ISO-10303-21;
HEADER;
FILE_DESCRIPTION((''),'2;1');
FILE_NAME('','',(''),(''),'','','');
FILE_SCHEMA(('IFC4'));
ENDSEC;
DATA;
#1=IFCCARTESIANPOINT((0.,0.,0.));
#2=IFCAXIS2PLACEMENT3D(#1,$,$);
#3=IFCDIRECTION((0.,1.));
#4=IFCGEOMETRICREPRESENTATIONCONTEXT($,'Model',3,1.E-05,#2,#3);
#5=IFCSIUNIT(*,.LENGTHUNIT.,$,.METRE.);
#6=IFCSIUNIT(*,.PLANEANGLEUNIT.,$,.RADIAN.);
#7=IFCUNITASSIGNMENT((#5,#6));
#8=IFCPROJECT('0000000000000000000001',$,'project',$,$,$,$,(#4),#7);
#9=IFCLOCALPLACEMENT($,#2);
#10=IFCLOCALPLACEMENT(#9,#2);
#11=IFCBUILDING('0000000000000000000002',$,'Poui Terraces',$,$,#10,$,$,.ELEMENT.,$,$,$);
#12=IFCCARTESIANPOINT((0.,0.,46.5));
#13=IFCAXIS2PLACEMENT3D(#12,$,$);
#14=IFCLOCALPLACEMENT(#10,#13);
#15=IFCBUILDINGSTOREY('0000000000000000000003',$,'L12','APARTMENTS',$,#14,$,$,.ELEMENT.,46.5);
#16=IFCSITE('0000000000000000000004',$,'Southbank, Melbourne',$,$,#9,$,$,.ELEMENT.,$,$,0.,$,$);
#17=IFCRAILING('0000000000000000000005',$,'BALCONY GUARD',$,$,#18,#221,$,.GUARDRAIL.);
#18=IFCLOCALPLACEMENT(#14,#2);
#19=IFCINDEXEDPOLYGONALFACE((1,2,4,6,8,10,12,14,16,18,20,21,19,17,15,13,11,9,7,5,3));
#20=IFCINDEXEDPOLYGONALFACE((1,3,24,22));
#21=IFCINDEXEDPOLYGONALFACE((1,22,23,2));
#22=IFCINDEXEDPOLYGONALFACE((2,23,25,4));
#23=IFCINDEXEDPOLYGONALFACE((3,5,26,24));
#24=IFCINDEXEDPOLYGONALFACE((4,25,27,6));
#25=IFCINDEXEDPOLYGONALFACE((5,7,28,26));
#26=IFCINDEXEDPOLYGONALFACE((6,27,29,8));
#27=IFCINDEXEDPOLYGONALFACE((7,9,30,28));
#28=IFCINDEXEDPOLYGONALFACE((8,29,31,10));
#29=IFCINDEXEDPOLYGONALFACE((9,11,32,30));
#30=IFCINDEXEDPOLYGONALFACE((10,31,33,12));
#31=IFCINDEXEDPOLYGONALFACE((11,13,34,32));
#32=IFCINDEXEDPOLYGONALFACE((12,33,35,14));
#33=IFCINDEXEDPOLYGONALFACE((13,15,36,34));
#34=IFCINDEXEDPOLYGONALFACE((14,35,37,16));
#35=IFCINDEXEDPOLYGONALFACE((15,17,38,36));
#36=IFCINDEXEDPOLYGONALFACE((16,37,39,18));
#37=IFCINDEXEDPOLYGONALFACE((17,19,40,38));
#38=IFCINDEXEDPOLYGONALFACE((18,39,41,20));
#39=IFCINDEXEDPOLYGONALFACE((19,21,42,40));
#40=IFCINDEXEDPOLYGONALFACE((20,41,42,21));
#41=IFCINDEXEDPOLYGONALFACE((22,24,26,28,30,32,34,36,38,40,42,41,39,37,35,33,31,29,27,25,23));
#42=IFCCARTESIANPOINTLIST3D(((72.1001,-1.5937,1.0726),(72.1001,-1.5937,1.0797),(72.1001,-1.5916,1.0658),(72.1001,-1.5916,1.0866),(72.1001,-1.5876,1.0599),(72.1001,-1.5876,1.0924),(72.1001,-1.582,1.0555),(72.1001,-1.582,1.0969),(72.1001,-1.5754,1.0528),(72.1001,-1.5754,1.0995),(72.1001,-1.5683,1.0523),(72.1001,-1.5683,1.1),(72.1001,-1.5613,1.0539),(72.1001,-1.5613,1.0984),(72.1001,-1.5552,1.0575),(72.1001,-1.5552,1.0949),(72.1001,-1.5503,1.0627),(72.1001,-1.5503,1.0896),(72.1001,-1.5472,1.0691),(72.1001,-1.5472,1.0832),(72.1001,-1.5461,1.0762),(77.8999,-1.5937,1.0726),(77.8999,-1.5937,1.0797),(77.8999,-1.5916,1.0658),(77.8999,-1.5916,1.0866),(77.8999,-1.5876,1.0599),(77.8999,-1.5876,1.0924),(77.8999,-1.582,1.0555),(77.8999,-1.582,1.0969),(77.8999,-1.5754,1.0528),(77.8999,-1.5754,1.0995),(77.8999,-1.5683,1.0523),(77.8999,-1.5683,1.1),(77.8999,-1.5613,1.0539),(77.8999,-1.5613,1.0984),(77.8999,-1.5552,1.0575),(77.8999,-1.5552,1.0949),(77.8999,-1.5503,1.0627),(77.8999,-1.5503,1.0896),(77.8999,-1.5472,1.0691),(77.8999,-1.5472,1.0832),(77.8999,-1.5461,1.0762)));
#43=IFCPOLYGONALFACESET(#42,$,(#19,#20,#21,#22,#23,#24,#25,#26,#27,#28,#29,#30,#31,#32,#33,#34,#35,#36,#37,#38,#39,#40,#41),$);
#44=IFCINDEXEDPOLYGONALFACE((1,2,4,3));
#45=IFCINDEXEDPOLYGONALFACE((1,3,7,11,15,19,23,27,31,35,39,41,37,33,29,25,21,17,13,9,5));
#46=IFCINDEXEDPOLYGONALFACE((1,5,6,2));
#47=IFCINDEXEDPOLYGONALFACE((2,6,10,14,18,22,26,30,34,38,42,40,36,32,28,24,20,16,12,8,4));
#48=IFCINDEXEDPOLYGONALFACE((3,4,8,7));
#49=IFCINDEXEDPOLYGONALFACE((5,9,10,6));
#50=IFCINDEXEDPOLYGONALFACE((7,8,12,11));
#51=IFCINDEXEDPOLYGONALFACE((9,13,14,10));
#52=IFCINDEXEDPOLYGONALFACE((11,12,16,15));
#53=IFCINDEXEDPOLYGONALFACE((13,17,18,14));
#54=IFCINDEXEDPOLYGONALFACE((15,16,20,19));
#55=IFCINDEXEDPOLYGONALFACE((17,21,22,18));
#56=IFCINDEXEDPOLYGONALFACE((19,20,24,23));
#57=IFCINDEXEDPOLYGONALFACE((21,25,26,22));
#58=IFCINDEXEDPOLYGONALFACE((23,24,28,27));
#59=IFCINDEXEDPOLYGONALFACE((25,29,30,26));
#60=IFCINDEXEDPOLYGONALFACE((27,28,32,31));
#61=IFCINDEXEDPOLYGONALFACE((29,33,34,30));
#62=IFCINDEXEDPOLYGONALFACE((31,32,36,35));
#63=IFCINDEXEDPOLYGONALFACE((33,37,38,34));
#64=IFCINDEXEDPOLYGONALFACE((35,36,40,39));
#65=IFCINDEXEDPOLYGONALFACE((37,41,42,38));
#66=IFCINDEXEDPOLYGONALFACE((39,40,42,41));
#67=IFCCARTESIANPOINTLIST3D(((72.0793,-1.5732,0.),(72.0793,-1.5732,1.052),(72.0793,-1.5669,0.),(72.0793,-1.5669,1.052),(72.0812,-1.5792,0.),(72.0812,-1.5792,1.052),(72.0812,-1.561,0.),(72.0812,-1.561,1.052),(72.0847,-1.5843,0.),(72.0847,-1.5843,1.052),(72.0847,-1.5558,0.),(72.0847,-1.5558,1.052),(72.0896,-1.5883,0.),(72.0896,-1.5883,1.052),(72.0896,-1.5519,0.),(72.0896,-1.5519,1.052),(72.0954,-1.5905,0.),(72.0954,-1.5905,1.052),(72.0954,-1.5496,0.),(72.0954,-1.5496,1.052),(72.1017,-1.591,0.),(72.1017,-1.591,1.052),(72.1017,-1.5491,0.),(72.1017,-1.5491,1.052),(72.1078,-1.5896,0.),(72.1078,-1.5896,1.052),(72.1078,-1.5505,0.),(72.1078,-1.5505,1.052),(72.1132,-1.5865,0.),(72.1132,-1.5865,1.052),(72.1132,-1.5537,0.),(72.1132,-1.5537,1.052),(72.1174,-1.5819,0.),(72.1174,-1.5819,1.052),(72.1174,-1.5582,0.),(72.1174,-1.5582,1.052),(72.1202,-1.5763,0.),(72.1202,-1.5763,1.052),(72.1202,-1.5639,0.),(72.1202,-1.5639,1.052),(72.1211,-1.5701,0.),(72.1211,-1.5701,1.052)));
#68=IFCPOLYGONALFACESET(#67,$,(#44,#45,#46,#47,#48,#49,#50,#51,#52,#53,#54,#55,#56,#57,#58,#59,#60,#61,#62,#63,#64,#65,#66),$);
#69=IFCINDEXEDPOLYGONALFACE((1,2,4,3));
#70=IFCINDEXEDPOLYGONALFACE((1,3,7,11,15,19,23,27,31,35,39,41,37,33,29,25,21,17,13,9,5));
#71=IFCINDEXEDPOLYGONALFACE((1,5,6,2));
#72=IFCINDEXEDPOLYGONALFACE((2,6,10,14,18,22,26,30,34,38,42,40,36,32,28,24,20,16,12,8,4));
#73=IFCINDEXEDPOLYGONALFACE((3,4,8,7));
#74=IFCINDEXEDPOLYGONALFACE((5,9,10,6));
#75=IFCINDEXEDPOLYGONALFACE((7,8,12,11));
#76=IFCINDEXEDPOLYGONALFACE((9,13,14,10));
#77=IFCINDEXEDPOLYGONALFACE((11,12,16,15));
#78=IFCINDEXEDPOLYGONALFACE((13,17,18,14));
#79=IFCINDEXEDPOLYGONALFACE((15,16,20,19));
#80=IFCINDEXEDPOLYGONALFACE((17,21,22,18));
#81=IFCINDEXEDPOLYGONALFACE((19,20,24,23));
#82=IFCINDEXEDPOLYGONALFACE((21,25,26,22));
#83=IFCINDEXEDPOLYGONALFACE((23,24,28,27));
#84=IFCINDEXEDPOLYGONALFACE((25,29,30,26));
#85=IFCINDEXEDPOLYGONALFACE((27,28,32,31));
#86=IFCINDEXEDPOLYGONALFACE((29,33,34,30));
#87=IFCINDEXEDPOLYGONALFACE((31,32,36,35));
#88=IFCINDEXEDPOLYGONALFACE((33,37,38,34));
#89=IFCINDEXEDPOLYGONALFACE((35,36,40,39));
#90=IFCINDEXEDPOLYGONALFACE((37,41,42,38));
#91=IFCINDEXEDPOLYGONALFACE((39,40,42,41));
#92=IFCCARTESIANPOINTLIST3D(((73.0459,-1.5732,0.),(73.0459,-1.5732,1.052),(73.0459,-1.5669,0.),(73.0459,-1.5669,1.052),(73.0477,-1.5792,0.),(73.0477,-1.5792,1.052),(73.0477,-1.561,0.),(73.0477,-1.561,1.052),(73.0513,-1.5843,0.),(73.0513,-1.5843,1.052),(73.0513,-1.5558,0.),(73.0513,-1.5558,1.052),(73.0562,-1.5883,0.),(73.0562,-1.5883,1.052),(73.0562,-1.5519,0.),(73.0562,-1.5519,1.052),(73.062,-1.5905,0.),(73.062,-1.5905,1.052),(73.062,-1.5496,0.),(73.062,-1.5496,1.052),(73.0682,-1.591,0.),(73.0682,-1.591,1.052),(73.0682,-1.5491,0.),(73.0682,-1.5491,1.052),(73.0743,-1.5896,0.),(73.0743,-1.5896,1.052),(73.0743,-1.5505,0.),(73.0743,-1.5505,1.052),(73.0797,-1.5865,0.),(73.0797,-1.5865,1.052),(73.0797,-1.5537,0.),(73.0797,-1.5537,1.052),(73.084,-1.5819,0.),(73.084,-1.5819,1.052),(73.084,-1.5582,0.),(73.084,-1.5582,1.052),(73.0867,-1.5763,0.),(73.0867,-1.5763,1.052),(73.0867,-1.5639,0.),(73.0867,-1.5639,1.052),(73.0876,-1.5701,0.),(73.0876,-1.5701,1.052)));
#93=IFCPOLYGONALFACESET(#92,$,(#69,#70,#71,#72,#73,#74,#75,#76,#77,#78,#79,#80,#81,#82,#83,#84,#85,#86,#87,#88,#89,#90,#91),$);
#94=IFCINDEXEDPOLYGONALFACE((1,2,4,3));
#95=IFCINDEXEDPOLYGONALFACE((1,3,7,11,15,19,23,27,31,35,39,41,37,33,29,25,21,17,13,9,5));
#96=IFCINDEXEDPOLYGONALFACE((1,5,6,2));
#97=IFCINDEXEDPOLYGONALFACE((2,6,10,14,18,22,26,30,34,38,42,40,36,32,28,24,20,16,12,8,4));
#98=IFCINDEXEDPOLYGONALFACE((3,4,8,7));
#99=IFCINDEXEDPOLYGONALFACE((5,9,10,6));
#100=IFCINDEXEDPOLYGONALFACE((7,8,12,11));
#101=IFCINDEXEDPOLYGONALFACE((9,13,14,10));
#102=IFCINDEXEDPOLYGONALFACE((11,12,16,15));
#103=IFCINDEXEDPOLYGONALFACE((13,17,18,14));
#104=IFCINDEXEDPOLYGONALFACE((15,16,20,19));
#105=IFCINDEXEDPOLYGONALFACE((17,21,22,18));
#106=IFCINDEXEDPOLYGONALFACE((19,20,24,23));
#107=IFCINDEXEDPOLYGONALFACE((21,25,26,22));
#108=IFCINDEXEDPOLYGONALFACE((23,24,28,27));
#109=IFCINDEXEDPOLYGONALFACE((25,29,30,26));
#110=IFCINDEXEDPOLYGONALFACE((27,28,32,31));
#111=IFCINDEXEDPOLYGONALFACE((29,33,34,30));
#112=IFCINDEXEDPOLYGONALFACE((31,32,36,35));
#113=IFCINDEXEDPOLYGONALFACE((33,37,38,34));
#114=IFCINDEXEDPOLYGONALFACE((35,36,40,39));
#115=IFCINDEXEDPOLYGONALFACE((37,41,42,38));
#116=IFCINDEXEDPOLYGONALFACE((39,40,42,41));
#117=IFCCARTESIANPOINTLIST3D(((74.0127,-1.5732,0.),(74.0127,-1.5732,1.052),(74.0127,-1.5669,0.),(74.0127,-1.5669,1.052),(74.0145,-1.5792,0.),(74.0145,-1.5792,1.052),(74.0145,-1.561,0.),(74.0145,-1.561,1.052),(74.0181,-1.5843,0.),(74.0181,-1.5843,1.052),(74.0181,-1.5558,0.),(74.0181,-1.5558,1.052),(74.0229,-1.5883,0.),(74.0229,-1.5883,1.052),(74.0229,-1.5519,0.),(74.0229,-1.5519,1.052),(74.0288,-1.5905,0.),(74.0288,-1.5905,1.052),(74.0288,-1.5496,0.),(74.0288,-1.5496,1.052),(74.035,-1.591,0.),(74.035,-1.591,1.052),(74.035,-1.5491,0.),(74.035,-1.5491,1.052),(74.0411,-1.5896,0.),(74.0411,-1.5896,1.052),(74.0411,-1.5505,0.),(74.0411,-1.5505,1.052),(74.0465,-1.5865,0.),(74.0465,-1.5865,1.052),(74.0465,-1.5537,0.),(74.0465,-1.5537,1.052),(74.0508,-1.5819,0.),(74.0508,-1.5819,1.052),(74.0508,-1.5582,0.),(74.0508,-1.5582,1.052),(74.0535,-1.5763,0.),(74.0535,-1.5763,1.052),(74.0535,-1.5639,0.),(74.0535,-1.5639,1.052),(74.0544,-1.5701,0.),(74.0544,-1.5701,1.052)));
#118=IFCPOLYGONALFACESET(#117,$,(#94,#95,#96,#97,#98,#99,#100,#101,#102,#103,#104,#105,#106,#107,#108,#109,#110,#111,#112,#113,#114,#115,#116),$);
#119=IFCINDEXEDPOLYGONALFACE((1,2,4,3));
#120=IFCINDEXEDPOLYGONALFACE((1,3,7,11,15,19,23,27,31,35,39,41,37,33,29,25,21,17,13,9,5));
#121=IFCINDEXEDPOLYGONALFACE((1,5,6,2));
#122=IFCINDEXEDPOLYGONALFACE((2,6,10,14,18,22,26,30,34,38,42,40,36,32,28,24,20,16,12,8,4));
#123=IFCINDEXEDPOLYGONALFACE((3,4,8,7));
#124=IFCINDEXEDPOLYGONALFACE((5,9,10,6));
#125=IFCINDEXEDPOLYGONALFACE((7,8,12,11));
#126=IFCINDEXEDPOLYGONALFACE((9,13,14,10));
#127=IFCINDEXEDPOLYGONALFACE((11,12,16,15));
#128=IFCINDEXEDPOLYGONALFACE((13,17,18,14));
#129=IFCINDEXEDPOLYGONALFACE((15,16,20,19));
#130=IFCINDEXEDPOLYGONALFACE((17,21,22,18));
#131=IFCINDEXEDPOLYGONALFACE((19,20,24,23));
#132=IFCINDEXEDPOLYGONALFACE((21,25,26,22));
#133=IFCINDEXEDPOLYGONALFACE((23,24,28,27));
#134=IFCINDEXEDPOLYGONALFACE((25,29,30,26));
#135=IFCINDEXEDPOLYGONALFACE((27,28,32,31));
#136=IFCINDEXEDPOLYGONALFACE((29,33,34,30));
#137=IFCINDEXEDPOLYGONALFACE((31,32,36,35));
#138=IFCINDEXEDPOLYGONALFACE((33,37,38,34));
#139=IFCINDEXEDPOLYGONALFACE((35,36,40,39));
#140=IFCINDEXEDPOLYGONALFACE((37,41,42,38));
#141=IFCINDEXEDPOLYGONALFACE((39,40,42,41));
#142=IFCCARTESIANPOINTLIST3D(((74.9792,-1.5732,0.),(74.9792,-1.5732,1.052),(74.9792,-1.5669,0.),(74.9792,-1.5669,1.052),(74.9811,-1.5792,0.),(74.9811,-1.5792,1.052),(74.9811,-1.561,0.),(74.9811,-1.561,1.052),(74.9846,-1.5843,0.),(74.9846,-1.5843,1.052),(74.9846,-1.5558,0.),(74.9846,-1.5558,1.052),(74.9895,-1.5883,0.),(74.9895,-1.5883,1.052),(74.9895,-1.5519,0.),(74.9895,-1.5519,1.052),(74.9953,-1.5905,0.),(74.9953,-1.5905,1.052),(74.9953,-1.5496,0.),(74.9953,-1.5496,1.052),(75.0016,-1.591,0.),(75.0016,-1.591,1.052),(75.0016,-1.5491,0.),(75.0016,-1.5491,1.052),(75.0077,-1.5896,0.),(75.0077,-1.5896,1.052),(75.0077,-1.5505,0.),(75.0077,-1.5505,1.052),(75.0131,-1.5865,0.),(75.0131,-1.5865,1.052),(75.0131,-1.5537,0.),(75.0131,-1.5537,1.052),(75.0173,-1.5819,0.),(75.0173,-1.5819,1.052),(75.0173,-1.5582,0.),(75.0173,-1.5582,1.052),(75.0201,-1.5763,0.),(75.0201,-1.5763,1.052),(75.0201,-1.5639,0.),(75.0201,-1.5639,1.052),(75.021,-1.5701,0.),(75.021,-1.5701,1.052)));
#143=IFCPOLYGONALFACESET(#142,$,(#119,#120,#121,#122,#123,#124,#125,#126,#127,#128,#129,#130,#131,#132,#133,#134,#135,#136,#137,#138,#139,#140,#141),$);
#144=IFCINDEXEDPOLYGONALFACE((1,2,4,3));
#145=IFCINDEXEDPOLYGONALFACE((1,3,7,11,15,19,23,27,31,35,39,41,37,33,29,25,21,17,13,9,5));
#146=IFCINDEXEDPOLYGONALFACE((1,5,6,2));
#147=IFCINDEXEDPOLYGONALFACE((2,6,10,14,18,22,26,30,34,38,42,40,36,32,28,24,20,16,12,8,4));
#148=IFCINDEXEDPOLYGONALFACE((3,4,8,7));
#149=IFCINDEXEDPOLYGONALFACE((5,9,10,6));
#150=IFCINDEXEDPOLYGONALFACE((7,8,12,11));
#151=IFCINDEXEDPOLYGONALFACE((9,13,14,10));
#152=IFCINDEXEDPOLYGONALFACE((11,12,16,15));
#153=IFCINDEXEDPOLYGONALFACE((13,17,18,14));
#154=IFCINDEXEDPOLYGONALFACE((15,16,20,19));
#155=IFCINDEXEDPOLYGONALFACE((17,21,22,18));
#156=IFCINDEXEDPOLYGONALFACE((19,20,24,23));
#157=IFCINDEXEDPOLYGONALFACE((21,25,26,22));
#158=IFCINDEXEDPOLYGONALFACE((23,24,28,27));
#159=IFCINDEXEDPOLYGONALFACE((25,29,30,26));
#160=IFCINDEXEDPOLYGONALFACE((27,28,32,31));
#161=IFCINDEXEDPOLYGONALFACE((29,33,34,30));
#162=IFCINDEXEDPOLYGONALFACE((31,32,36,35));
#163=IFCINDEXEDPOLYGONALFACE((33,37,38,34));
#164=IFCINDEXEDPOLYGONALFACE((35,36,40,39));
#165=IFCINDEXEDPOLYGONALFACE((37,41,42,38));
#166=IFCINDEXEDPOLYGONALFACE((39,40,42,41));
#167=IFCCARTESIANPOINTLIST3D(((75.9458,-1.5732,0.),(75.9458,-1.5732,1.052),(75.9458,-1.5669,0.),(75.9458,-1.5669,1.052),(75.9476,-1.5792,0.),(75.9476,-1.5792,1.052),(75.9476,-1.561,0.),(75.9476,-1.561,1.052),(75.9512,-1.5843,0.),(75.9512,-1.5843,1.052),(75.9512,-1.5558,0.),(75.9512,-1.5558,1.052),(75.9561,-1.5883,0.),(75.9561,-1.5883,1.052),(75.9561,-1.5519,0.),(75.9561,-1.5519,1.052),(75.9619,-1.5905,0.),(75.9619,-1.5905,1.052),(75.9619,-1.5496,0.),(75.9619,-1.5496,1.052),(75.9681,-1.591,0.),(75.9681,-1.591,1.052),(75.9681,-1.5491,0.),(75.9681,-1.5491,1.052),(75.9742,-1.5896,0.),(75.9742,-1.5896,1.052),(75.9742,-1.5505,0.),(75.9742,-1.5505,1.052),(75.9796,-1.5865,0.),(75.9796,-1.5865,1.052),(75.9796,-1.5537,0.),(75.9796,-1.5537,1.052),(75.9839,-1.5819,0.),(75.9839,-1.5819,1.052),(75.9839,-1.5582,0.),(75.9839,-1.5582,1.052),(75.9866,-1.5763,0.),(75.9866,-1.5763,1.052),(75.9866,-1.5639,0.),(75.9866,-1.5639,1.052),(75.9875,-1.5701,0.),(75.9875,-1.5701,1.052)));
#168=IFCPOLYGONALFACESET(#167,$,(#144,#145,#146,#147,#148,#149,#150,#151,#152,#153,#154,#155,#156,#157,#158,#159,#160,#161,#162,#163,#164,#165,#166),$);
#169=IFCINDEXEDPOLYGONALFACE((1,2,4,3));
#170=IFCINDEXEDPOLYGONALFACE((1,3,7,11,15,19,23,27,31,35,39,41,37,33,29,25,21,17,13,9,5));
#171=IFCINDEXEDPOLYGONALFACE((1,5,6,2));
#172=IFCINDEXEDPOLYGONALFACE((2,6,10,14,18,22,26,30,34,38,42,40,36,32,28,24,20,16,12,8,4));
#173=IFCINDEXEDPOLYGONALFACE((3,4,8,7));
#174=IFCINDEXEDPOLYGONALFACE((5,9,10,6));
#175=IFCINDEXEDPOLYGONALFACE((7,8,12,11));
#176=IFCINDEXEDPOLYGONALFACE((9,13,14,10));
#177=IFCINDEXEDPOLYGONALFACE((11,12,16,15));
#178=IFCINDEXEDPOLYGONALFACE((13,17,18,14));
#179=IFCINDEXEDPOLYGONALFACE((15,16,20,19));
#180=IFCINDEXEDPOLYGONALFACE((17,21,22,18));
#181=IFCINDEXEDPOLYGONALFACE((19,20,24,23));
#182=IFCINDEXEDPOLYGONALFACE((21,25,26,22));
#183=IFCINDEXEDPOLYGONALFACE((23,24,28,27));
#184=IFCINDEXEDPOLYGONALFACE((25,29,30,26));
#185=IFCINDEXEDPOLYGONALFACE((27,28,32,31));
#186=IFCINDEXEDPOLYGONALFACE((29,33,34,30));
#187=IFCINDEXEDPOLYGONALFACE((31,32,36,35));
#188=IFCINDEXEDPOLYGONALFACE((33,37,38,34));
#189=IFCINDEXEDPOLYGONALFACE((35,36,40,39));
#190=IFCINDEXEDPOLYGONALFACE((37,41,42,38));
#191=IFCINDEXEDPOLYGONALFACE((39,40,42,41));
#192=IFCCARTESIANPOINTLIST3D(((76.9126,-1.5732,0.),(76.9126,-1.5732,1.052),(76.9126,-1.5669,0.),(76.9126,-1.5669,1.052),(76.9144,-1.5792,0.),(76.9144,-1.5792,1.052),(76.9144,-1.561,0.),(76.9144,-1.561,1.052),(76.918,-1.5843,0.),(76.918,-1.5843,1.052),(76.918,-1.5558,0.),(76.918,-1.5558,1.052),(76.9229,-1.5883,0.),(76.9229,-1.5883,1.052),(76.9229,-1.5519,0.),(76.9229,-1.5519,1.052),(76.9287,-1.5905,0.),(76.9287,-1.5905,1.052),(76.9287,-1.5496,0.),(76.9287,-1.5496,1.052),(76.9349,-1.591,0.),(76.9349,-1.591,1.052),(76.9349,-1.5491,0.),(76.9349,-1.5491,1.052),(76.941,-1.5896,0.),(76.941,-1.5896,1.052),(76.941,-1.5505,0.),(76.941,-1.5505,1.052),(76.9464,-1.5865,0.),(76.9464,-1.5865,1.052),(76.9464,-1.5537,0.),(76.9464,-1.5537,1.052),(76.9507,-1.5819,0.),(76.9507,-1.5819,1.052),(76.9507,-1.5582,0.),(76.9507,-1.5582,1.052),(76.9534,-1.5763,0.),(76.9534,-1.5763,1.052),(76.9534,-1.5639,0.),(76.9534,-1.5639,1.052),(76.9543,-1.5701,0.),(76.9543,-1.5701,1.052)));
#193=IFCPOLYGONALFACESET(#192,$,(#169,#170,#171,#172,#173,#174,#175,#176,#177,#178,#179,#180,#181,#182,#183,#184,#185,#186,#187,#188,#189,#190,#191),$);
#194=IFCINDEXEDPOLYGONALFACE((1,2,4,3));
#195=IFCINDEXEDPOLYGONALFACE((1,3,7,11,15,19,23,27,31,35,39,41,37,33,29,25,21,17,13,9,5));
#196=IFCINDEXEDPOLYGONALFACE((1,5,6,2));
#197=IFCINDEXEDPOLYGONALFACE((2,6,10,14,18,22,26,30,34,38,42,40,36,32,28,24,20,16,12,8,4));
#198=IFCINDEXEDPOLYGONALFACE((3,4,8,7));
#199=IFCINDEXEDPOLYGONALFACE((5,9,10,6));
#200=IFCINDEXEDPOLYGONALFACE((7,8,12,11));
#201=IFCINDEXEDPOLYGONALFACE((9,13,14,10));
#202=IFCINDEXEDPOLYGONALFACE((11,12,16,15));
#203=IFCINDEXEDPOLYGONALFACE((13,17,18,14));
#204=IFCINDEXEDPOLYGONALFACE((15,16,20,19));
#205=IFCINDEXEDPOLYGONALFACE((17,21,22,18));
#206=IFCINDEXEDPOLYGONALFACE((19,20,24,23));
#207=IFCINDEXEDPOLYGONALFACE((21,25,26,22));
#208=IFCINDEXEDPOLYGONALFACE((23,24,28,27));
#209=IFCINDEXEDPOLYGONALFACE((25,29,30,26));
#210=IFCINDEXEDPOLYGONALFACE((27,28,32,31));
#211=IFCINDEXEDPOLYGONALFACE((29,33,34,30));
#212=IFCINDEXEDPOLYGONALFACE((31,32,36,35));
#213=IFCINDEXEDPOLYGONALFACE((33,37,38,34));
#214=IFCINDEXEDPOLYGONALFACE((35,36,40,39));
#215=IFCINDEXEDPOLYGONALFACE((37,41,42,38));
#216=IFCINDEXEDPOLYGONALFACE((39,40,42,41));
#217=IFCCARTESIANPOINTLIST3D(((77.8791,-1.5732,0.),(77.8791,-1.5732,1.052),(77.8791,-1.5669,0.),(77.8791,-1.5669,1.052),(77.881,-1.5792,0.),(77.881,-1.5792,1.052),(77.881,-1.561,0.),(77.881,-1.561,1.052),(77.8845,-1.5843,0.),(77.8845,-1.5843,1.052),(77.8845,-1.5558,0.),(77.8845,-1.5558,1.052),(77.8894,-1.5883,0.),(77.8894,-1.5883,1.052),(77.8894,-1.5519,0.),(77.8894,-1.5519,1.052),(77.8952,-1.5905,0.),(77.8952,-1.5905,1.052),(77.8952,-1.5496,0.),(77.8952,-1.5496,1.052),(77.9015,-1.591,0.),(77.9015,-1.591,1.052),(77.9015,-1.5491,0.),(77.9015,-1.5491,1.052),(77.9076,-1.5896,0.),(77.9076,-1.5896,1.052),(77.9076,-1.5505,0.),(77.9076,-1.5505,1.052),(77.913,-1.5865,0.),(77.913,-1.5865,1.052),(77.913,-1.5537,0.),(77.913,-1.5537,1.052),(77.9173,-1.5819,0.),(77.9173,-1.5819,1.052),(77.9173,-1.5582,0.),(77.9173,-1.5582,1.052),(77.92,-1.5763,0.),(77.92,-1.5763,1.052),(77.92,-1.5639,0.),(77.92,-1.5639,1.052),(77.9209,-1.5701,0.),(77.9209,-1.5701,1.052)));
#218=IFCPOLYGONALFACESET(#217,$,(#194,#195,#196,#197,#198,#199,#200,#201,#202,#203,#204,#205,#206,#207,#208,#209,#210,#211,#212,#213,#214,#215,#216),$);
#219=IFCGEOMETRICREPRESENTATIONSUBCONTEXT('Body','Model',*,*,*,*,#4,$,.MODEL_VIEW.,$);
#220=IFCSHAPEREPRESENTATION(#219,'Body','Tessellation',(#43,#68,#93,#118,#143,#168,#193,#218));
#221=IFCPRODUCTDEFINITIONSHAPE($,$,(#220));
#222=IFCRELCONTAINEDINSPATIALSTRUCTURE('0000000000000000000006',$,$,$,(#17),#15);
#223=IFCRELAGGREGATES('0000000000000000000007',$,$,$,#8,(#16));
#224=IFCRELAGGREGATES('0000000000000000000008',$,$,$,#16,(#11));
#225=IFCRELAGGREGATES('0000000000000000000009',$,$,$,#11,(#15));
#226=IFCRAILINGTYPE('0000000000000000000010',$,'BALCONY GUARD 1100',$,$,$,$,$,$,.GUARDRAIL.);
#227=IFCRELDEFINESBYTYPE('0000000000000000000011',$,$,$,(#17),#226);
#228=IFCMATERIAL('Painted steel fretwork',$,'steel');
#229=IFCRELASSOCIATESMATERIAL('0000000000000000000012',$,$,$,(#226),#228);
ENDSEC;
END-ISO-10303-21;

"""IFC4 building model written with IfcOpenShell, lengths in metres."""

from ifc_helpers import new_model, si_unit, direction, frame, origin, origin_2d, place, context, subcontext, project, spatial, circle, extrude, material, type_object, element, save


model = new_model("IFC4")

# Units and contexts
model_context = context("Model", 3, precision=1e-05, world=origin(), true_north=direction((0.0, 1.0)))
body_context = subcontext(model_context, "Body", "Model", "MODEL_VIEW")
ifc_project = project(units=[si_unit("LENGTHUNIT", "METRE"), si_unit("PLANEANGLEUNIT", "RADIAN")], contexts=[model_context])

# Site, building, storey
site_placement = place(None, origin())
site = spatial("IfcSite", under=ifc_project, at=site_placement, Name="Southbank, Melbourne", CompositionType="ELEMENT", RefElevation=0.0)
building_placement = place(site_placement, origin())
building = spatial("IfcBuilding", under=site, at=building_placement, Name="Poui Terraces", CompositionType="ELEMENT")
storey_placement = place(building_placement, frame((0.0, 0.0, 46.5)))
storey = spatial("IfcBuildingStorey", under=building, at=storey_placement, Name="L12", Description="APARTMENTS", CompositionType="ELEMENT", Elevation=46.5)

# Railing
ifc_material_1 = material(Name="Painted steel fretwork", Category="steel")
railing_type = type_object("IfcRailingType", Name="BALCONY GUARD 1100", PredefinedType="GUARDRAIL", material=ifc_material_1)
railing_placement = place(storey_placement, frame((72.1001, -1.5701, 0.0)))
element("IfcRailing", 1, at=railing_placement, inside=storey, type_object=railing_type, Name="BALCONY GUARD", PredefinedType="GUARDRAIL", context=body_context, shape_type="SweptSolid", body=[
    extrude(circle(Radius=0.0239, at=origin_2d()), frame((0.0, 0.0, 1.0762), z_axis=(1.0, 0.0, 0.0), x_axis=(0.0, 1.0, 0.0)), (0.0, 0.0, 1.0), 5.7998),
    extrude(circle(Radius=0.021, at=origin_2d()), origin(), (0.0, 0.0, 1.0), 1.052),
    extrude(circle(Radius=0.021, at=origin_2d()), frame((0.9666, 0.0, 0.0)), (0.0, 0.0, 1.0), 1.052),
    extrude(circle(Radius=0.021, at=origin_2d()), frame((1.9333, 0.0, 0.0)), (0.0, 0.0, 1.0), 1.052),
    extrude(circle(Radius=0.021, at=origin_2d()), frame((2.8999, 0.0, 0.0)), (0.0, 0.0, 1.0), 1.052),
    extrude(circle(Radius=0.021, at=origin_2d()), frame((3.8665, 0.0, 0.0)), (0.0, 0.0, 1.0), 1.052),
    extrude(circle(Radius=0.021, at=origin_2d()), frame((4.8333, 0.0, 0.0)), (0.0, 0.0, 1.0), 1.052),
    extrude(circle(Radius=0.021, at=origin_2d()), frame((5.7998, 0.0, 0.0)), (0.0, 0.0, 1.0), 1.052),
])

save(model, "model.ifc")
